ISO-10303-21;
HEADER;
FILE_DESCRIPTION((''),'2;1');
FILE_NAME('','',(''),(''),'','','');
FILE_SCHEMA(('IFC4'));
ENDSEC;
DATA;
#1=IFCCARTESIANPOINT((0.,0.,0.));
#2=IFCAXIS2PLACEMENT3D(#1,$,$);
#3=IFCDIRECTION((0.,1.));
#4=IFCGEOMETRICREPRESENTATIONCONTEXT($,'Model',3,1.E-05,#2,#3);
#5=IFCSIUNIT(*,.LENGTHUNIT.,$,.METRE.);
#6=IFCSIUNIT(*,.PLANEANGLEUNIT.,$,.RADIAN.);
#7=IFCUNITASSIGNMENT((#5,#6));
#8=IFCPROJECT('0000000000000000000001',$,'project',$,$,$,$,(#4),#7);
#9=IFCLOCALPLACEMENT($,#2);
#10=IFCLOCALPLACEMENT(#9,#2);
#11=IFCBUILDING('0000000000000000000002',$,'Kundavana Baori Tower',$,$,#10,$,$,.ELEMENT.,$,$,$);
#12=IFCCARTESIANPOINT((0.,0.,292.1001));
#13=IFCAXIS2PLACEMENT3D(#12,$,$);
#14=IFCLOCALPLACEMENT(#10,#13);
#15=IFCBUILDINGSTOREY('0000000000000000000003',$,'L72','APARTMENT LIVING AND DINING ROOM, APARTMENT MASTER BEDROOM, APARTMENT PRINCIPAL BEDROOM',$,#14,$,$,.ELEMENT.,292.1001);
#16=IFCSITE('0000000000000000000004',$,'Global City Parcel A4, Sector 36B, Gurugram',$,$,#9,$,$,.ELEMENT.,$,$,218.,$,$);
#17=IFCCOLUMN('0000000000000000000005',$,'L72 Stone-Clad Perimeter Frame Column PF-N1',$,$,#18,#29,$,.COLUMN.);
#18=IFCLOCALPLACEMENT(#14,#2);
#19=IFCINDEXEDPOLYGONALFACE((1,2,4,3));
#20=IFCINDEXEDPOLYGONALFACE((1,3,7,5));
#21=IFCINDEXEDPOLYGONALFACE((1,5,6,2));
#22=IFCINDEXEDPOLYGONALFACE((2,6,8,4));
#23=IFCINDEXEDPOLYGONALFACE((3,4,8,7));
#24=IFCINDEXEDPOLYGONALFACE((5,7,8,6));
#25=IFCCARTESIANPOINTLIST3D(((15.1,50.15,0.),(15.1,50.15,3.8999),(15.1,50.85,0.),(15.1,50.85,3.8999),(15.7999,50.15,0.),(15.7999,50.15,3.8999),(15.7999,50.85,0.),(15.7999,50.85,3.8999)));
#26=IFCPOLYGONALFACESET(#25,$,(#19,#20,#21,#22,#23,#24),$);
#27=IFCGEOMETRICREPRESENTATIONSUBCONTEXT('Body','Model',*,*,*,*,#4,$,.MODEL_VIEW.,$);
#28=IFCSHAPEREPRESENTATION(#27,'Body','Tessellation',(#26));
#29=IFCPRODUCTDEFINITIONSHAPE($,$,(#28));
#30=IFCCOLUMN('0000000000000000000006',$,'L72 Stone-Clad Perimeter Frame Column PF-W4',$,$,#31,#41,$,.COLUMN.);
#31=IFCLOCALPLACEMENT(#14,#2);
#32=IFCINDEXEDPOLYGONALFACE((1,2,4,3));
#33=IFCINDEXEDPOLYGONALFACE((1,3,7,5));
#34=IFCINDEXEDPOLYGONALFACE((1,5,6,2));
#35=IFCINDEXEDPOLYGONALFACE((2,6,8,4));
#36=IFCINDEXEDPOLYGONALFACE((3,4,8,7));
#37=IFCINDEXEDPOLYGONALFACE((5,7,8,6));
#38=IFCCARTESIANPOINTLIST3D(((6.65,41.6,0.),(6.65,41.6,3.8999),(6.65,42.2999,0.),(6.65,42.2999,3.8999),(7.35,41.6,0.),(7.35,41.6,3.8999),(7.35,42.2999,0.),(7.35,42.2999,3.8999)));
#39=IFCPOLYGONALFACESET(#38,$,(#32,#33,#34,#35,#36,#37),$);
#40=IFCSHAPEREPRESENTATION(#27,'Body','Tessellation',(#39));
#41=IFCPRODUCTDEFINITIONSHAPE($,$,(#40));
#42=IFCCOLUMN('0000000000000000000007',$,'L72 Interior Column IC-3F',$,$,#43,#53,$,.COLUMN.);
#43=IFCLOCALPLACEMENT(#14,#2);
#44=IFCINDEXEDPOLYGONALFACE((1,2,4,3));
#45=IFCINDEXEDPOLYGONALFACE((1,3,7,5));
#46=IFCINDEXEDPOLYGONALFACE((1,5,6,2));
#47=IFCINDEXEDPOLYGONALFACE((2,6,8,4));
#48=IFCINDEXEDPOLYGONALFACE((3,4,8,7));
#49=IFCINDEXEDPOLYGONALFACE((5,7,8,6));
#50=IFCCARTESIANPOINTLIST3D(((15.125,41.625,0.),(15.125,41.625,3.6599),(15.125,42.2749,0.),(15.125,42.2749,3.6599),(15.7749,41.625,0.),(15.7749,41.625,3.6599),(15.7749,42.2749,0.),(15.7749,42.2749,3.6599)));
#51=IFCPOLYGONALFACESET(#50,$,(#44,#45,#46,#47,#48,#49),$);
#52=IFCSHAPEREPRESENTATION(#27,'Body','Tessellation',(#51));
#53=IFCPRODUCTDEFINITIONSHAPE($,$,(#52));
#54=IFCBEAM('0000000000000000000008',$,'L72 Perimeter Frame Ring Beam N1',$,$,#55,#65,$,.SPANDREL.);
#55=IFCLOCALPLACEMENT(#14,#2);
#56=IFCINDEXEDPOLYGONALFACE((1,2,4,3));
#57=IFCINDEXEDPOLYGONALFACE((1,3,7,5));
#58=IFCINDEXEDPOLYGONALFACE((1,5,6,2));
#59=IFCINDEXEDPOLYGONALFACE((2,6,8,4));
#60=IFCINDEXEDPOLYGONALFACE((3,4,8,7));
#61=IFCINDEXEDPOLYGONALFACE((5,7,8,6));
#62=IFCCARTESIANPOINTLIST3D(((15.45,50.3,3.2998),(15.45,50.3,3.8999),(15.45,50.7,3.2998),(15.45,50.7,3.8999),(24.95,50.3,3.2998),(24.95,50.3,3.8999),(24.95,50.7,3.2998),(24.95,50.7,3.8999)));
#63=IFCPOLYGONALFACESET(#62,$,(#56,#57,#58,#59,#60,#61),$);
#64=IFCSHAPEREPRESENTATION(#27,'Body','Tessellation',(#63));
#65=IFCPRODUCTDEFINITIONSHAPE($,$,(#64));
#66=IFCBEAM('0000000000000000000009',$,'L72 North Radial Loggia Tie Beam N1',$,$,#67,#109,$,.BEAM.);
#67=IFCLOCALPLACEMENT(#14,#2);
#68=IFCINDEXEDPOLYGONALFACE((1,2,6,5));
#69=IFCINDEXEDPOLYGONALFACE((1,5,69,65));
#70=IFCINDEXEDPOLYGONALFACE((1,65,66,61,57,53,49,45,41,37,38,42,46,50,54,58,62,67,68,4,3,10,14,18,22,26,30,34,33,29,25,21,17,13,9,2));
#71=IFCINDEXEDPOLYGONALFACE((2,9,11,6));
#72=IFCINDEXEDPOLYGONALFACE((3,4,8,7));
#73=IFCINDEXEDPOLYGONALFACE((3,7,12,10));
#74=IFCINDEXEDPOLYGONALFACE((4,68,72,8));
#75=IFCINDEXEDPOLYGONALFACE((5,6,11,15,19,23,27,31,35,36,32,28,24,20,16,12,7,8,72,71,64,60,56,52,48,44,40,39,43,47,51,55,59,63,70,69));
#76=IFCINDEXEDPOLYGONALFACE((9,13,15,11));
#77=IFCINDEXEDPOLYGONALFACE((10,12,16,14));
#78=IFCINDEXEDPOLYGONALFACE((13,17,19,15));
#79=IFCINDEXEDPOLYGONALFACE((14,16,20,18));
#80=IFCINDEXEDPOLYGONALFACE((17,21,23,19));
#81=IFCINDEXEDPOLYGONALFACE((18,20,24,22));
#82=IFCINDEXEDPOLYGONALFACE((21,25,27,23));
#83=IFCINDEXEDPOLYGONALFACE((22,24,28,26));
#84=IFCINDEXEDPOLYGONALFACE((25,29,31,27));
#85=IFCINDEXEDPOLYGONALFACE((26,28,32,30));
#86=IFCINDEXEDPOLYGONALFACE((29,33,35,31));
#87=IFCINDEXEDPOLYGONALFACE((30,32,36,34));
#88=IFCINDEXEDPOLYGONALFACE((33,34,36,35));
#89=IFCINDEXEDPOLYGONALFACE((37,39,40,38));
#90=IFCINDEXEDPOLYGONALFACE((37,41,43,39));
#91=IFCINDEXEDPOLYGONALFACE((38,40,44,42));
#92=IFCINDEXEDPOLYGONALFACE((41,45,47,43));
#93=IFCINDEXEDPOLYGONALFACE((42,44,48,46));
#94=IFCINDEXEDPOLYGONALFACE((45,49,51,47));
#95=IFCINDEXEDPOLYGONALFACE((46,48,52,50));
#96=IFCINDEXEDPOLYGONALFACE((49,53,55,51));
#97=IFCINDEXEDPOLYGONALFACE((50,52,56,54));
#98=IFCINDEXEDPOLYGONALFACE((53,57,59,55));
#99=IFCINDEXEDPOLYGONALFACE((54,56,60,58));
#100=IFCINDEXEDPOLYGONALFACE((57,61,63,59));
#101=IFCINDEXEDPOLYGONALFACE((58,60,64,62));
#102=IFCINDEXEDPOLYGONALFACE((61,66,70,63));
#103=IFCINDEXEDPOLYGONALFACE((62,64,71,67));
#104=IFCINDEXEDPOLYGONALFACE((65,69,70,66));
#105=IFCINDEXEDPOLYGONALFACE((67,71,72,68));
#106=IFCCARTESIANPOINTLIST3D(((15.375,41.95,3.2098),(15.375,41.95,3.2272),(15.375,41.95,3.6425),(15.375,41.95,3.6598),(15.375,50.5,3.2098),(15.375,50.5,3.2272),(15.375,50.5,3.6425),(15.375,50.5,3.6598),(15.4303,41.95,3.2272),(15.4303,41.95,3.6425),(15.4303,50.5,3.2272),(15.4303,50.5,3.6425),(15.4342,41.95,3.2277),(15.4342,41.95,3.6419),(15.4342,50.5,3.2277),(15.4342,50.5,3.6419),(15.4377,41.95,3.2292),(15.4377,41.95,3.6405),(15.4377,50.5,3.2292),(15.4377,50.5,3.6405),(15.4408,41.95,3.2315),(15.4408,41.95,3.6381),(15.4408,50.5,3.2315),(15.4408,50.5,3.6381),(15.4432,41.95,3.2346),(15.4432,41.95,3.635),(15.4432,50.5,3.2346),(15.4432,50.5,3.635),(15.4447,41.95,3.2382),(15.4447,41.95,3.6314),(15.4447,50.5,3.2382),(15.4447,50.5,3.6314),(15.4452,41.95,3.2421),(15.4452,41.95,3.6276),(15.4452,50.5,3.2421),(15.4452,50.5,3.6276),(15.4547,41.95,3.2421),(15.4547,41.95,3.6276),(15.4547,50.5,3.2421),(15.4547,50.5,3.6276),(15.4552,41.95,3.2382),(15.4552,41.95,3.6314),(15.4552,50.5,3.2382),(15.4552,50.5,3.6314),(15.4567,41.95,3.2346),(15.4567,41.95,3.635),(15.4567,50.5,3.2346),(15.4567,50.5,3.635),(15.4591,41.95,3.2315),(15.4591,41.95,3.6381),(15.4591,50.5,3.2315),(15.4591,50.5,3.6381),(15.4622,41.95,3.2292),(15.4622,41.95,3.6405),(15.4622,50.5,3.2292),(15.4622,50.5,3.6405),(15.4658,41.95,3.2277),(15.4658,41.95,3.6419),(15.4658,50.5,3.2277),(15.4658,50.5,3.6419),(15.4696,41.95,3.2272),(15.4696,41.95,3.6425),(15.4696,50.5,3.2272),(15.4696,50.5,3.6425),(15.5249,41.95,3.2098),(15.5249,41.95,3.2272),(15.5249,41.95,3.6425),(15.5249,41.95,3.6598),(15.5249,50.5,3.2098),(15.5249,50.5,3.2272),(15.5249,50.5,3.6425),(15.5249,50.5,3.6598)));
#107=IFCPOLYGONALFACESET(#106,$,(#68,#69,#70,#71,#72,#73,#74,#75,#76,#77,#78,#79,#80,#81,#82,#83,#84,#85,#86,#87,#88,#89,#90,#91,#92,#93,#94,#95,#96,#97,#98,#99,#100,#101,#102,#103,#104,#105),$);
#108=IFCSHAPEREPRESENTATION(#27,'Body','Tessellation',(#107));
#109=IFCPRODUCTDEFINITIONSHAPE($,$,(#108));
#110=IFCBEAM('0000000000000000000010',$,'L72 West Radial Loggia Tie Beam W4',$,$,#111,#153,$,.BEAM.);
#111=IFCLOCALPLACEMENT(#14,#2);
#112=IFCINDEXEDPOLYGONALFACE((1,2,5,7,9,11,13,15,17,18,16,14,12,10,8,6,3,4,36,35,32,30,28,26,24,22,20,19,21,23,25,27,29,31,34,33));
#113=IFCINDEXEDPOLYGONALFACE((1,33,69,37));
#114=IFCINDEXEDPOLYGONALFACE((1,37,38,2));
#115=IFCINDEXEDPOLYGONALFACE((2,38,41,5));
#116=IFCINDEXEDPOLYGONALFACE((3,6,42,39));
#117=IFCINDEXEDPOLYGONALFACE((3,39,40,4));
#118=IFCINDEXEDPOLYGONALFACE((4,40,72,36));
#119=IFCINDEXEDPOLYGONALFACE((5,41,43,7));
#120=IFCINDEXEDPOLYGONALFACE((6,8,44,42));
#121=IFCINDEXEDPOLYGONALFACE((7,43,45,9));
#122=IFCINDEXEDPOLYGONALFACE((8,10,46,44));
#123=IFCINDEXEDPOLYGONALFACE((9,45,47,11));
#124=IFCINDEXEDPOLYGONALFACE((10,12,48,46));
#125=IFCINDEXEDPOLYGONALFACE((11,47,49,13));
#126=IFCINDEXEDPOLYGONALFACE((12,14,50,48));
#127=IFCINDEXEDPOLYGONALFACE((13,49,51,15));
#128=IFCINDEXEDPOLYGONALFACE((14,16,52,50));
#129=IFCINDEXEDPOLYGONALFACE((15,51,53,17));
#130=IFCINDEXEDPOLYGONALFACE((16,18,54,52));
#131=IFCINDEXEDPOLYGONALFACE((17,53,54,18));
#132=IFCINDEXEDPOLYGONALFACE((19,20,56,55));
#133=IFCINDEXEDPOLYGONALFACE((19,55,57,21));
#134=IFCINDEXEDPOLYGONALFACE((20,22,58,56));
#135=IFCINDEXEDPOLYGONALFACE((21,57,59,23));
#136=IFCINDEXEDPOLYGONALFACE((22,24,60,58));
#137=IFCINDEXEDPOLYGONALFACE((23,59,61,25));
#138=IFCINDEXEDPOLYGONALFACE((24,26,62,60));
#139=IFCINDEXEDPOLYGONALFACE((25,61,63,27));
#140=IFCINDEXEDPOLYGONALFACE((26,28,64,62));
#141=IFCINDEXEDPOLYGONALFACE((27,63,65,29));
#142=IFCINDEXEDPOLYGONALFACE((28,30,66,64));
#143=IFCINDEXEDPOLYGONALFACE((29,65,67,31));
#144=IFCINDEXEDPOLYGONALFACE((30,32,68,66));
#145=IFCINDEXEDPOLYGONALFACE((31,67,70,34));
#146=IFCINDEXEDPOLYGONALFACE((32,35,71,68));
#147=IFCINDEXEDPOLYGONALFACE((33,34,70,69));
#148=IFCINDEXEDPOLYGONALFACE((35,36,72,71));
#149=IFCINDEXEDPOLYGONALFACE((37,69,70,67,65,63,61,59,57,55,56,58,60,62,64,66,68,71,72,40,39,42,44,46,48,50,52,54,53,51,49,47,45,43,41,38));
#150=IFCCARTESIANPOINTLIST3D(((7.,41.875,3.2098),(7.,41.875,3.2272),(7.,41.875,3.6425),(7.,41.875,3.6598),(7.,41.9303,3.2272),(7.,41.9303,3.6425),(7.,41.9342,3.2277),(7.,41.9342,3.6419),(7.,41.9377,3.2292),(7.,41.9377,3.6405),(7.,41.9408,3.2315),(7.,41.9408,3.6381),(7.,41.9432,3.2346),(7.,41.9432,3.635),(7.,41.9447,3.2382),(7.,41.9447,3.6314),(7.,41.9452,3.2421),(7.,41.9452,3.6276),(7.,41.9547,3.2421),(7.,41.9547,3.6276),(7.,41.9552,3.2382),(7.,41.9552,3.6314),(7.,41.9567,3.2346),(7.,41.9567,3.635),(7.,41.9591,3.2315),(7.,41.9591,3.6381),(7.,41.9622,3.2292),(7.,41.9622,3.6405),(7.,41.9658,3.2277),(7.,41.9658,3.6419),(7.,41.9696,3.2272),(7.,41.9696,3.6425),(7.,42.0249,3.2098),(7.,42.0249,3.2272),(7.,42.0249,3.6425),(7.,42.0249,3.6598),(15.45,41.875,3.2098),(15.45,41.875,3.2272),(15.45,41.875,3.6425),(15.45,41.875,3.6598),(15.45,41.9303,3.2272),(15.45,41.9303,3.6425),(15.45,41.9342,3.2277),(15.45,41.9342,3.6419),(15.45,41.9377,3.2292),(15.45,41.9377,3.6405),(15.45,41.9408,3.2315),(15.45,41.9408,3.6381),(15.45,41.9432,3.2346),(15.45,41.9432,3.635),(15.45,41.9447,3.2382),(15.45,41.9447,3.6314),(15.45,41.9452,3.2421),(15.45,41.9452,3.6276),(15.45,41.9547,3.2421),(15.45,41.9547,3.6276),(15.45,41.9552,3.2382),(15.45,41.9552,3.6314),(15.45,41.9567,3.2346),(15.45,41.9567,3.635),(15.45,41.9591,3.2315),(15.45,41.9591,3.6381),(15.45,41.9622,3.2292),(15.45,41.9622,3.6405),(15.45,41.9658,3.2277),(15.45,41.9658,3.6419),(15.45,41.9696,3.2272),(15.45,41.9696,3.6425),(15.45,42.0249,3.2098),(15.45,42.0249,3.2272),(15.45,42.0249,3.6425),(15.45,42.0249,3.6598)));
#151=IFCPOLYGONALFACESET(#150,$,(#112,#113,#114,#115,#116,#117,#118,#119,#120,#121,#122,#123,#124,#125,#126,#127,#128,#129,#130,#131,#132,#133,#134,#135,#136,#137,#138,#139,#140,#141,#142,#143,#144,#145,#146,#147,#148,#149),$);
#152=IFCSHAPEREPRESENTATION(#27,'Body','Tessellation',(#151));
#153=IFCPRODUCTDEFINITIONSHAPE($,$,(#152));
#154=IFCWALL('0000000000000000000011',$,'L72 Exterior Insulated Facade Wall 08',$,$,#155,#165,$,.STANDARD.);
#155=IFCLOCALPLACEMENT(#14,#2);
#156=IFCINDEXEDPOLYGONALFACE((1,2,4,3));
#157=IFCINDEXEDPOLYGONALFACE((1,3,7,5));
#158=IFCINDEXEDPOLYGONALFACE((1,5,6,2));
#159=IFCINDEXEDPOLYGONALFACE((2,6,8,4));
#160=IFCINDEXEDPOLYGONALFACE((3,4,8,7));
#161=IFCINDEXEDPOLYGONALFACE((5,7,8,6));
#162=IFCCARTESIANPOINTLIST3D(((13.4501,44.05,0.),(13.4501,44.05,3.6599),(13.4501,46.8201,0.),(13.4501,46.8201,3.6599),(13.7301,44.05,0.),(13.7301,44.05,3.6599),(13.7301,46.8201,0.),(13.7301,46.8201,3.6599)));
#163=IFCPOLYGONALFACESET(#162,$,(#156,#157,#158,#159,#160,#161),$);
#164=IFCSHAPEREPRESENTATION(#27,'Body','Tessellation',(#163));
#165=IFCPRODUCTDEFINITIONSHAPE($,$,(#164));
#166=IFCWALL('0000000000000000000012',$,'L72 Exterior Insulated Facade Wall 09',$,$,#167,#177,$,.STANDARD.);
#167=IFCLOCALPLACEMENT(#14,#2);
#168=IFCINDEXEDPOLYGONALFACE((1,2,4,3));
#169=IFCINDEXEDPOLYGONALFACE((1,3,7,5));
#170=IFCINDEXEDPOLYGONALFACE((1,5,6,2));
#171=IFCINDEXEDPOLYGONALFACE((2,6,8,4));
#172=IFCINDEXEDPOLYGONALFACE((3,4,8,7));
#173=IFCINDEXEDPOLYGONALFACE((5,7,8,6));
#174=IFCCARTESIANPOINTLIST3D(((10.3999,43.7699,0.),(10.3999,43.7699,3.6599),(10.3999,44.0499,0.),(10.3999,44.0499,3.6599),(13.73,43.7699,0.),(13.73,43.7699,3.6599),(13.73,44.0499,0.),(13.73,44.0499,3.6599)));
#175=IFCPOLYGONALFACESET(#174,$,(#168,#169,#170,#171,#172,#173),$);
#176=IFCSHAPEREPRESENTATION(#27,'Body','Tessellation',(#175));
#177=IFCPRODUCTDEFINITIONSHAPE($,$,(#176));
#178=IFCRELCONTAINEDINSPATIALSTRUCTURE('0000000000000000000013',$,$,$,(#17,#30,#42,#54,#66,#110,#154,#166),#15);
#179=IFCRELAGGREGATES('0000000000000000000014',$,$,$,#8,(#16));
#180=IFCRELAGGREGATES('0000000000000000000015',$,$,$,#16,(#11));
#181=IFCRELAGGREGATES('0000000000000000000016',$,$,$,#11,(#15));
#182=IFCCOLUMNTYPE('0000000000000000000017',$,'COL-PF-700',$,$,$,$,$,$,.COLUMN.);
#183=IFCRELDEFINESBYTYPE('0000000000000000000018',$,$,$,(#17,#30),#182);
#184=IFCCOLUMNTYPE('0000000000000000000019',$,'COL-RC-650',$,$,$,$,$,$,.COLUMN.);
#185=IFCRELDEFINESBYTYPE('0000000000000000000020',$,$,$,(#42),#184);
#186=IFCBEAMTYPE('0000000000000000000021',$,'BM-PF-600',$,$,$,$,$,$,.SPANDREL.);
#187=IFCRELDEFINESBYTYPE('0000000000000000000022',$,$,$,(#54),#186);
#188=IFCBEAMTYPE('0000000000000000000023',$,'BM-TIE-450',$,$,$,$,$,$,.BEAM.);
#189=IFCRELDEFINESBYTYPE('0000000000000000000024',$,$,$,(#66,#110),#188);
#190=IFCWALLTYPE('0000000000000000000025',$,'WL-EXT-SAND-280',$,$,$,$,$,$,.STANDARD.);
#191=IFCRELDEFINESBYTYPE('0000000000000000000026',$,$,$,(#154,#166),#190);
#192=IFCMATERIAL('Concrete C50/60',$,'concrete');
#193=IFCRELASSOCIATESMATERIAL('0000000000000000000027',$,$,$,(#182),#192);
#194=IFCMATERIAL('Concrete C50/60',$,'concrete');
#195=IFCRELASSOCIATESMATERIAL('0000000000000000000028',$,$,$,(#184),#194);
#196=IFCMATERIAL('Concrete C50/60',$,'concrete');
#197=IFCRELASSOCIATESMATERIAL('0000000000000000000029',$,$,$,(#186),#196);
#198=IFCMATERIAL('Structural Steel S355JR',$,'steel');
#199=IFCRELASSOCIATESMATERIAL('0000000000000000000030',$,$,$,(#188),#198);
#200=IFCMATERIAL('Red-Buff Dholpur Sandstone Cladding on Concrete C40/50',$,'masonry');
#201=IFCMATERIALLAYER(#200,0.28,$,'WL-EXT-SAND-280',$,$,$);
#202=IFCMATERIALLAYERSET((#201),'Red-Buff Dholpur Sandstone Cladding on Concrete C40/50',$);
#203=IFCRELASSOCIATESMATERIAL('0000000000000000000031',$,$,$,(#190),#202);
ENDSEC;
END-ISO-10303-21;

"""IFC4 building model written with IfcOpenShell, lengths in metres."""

from ifc_helpers import new_model, si_unit, direction, frame, frame_2d, origin, origin_2d, place, context, subcontext, project, spatial, rectangle, i_section, extrude, material, layer, layer_set, material_profile, profile_set, type_object, element, save


model = new_model("IFC4")

# Units and contexts
model_context = context("Model", 3, precision=1e-05, world=origin(), true_north=direction((0.0, 1.0)))
body_context = subcontext(model_context, "Body", "Model", "MODEL_VIEW")
ifc_project = project(units=[si_unit("LENGTHUNIT", "METRE"), si_unit("PLANEANGLEUNIT", "RADIAN")], contexts=[model_context])

# Site, building, storey
site_placement = place(None, origin())
site = spatial("IfcSite", under=ifc_project, at=site_placement, Name="Global City Parcel A4, Sector 36B, Gurugram", CompositionType="ELEMENT", RefElevation=218.0)
building_placement = place(site_placement, origin())
building = spatial("IfcBuilding", under=site, at=building_placement, Name="Kundavana Baori Tower", CompositionType="ELEMENT")
storey_placement = place(building_placement, frame((0.0, 0.0, 292.1001)))
storey = spatial("IfcBuildingStorey", under=building, at=storey_placement, Name="L72", Description="APARTMENT LIVING AND DINING ROOM, APARTMENT MASTER BEDROOM, APARTMENT PRINCIPAL BEDROOM", CompositionType="ELEMENT", Elevation=292.1001)

# Columns
ifc_material_1 = material(Name="Concrete C50/60", Category="concrete")
ifc_material_profile_1 = material_profile(ifc_material_1, rectangle(XDim=0.7, YDim=0.7, at=origin_2d()), Name="RC PF 700x700")
ifc_profile_set_1 = profile_set([ifc_material_profile_1], Name="Concrete C50/60")
column_type_1 = type_object("IfcColumnType", Name="COL-PF-700", PredefinedType="COLUMN", material=ifc_profile_set_1)
for number, where, z_axis, x_axis, name in (
    (1, (15.45, 50.5, 0.0), (0.0, 0.0, 1.0), (1.0, 0.0, 0.0), "L72 Stone-Clad Perimeter Frame Column PF-N1"),
    (2, (7.0, 41.95, 0.0), (0.0, 0.0, 1.0), (1.0, 0.0, 0.0), "L72 Stone-Clad Perimeter Frame Column PF-W4"),
):
    element("IfcColumn", number, at=place(storey_placement, frame(where, z_axis=z_axis, x_axis=x_axis)), inside=storey, type_object=column_type_1, Name=name, PredefinedType="COLUMN", context=body_context, shape_type="SweptSolid", body=[
        extrude(rectangle(XDim=0.7, YDim=0.7, at=origin_2d()), origin(), (0.0, 0.0, 1.0), 3.8999),
    ])
ifc_material_2 = material(Name="Concrete C50/60", Category="concrete")
ifc_material_profile_2 = material_profile(ifc_material_2, rectangle(XDim=0.6499, YDim=0.6499, at=origin_2d()), Name="RC 650x650")
ifc_profile_set_2 = profile_set([ifc_material_profile_2], Name="Concrete C50/60")
column_type_2 = type_object("IfcColumnType", Name="COL-RC-650", PredefinedType="COLUMN", material=ifc_profile_set_2)
column_placement = place(storey_placement, frame((15.45, 41.95, 0.0), z_axis=(0.0, 0.0, 1.0), x_axis=(1.0, 0.0, 0.0)))
element("IfcColumn", 3, at=column_placement, inside=storey, type_object=column_type_2, Name="L72 Interior Column IC-3F", PredefinedType="COLUMN", context=body_context, shape_type="SweptSolid", body=[
    extrude(rectangle(XDim=0.6499, YDim=0.6499, at=origin_2d()), origin(), (0.0, 0.0, 1.0), 3.6599),
])

# Beams
ifc_material_3 = material(Name="Concrete C50/60", Category="concrete")
ifc_material_profile_3 = material_profile(ifc_material_3, rectangle(XDim=0.3999, YDim=0.6001, at=origin_2d()), Name="RC BM 400x600")
ifc_profile_set_3 = profile_set([ifc_material_profile_3], Name="Concrete C50/60")
beam_type_1 = type_object("IfcBeamType", Name="BM-PF-600", PredefinedType="SPANDREL", material=ifc_profile_set_3)
beam_1_placement = place(storey_placement, frame((15.45, 50.5, 3.5999), z_axis=(1.0, 0.0, 0.0), x_axis=(0.0, 1.0, 0.0)))
element("IfcBeam", 4, at=beam_1_placement, inside=storey, type_object=beam_type_1, Name="L72 Perimeter Frame Ring Beam N1", PredefinedType="SPANDREL", context=body_context, shape_type="SweptSolid", body=[
    extrude(rectangle(XDim=0.3999, YDim=0.6001, at=origin_2d()), origin(), (0.0, 0.0, 1.0), 9.5),
])
ifc_material_4 = material(Name="Structural Steel S355JR", Category="steel")
ifc_material_profile_4 = material_profile(ifc_material_4, i_section(OverallWidth=0.1499, OverallDepth=0.45, WebThickness=0.0095, FlangeThickness=0.0173, FilletRadius=0.0149, at=origin_2d()), Name="ISMB 450")
ifc_profile_set_4 = profile_set([ifc_material_profile_4], Name="Structural Steel S355JR")
beam_type_2 = type_object("IfcBeamType", Name="BM-TIE-450", PredefinedType="BEAM", material=ifc_profile_set_4)
beam_2_placement = place(storey_placement, frame((15.45, 41.95, 3.4348), z_axis=(0.0, 1.0, 0.0), x_axis=(-1.0, 0.0, 0.0)))
element("IfcBeam", 5, at=beam_2_placement, inside=storey, type_object=beam_type_2, Name="L72 North Radial Loggia Tie Beam N1", PredefinedType="BEAM", context=body_context, shape_type="SweptSolid", body=[
    extrude(i_section(OverallWidth=0.1499, OverallDepth=0.45, WebThickness=0.0095, FlangeThickness=0.0173, FilletRadius=0.0149, at=origin_2d()), origin(), (0.0, 0.0, 1.0), 8.55),
])
beam_3_placement = place(storey_placement, frame((15.45, 41.95, 3.4348), z_axis=(-1.0, 0.0, 0.0), x_axis=(0.0, -1.0, 0.0)))
element("IfcBeam", 6, at=beam_3_placement, inside=storey, type_object=beam_type_2, Name="L72 West Radial Loggia Tie Beam W4", PredefinedType="BEAM", context=body_context, shape_type="SweptSolid", body=[
    extrude(i_section(OverallWidth=0.1499, OverallDepth=0.45, WebThickness=0.0095, FlangeThickness=0.0173, FilletRadius=0.0149, at=origin_2d()), origin(), (0.0, 0.0, 1.0), 8.45),
])

# Walls
ifc_material_5 = material(Name="Red-Buff Dholpur Sandstone Cladding on Concrete C40/50", Category="masonry")
ifc_layer_1 = layer(ifc_material_5, 0.28, Name="WL-EXT-SAND-280")
ifc_layer_set_1 = layer_set([ifc_layer_1], Name="Red-Buff Dholpur Sandstone Cladding on Concrete C40/50")
wall_type_1 = type_object("IfcWallType", Name="WL-EXT-SAND-280", PredefinedType="STANDARD", material=ifc_layer_set_1)
wall_1_placement = place(storey_placement, frame((13.5901, 46.8201, 0.0), z_axis=(0.0, 0.0, 1.0), x_axis=(0.0, -1.0, 0.0)))
element("IfcWall", 7, at=wall_1_placement, inside=storey, type_object=wall_type_1, Name="L72 Exterior Insulated Facade Wall 08", PredefinedType="STANDARD", context=body_context, shape_type="SweptSolid", body=[
    extrude(rectangle(XDim=2.77, YDim=0.28, at=frame_2d((1.385, 0.0))), origin(), (0.0, 0.0, 1.0), 3.6599),
])
wall_2_placement = place(storey_placement, frame((13.73, 43.9099, 0.0), z_axis=(0.0, 0.0, 1.0), x_axis=(-1.0, 0.0, 0.0)))
element("IfcWall", 8, at=wall_2_placement, inside=storey, type_object=wall_type_1, Name="L72 Exterior Insulated Facade Wall 09", PredefinedType="STANDARD", context=body_context, shape_type="SweptSolid", body=[
    extrude(rectangle(XDim=3.3301, YDim=0.28, at=frame_2d((1.665, 0.0))), origin(), (0.0, 0.0, 1.0), 3.6599),
])

save(model, "model.ifc")
